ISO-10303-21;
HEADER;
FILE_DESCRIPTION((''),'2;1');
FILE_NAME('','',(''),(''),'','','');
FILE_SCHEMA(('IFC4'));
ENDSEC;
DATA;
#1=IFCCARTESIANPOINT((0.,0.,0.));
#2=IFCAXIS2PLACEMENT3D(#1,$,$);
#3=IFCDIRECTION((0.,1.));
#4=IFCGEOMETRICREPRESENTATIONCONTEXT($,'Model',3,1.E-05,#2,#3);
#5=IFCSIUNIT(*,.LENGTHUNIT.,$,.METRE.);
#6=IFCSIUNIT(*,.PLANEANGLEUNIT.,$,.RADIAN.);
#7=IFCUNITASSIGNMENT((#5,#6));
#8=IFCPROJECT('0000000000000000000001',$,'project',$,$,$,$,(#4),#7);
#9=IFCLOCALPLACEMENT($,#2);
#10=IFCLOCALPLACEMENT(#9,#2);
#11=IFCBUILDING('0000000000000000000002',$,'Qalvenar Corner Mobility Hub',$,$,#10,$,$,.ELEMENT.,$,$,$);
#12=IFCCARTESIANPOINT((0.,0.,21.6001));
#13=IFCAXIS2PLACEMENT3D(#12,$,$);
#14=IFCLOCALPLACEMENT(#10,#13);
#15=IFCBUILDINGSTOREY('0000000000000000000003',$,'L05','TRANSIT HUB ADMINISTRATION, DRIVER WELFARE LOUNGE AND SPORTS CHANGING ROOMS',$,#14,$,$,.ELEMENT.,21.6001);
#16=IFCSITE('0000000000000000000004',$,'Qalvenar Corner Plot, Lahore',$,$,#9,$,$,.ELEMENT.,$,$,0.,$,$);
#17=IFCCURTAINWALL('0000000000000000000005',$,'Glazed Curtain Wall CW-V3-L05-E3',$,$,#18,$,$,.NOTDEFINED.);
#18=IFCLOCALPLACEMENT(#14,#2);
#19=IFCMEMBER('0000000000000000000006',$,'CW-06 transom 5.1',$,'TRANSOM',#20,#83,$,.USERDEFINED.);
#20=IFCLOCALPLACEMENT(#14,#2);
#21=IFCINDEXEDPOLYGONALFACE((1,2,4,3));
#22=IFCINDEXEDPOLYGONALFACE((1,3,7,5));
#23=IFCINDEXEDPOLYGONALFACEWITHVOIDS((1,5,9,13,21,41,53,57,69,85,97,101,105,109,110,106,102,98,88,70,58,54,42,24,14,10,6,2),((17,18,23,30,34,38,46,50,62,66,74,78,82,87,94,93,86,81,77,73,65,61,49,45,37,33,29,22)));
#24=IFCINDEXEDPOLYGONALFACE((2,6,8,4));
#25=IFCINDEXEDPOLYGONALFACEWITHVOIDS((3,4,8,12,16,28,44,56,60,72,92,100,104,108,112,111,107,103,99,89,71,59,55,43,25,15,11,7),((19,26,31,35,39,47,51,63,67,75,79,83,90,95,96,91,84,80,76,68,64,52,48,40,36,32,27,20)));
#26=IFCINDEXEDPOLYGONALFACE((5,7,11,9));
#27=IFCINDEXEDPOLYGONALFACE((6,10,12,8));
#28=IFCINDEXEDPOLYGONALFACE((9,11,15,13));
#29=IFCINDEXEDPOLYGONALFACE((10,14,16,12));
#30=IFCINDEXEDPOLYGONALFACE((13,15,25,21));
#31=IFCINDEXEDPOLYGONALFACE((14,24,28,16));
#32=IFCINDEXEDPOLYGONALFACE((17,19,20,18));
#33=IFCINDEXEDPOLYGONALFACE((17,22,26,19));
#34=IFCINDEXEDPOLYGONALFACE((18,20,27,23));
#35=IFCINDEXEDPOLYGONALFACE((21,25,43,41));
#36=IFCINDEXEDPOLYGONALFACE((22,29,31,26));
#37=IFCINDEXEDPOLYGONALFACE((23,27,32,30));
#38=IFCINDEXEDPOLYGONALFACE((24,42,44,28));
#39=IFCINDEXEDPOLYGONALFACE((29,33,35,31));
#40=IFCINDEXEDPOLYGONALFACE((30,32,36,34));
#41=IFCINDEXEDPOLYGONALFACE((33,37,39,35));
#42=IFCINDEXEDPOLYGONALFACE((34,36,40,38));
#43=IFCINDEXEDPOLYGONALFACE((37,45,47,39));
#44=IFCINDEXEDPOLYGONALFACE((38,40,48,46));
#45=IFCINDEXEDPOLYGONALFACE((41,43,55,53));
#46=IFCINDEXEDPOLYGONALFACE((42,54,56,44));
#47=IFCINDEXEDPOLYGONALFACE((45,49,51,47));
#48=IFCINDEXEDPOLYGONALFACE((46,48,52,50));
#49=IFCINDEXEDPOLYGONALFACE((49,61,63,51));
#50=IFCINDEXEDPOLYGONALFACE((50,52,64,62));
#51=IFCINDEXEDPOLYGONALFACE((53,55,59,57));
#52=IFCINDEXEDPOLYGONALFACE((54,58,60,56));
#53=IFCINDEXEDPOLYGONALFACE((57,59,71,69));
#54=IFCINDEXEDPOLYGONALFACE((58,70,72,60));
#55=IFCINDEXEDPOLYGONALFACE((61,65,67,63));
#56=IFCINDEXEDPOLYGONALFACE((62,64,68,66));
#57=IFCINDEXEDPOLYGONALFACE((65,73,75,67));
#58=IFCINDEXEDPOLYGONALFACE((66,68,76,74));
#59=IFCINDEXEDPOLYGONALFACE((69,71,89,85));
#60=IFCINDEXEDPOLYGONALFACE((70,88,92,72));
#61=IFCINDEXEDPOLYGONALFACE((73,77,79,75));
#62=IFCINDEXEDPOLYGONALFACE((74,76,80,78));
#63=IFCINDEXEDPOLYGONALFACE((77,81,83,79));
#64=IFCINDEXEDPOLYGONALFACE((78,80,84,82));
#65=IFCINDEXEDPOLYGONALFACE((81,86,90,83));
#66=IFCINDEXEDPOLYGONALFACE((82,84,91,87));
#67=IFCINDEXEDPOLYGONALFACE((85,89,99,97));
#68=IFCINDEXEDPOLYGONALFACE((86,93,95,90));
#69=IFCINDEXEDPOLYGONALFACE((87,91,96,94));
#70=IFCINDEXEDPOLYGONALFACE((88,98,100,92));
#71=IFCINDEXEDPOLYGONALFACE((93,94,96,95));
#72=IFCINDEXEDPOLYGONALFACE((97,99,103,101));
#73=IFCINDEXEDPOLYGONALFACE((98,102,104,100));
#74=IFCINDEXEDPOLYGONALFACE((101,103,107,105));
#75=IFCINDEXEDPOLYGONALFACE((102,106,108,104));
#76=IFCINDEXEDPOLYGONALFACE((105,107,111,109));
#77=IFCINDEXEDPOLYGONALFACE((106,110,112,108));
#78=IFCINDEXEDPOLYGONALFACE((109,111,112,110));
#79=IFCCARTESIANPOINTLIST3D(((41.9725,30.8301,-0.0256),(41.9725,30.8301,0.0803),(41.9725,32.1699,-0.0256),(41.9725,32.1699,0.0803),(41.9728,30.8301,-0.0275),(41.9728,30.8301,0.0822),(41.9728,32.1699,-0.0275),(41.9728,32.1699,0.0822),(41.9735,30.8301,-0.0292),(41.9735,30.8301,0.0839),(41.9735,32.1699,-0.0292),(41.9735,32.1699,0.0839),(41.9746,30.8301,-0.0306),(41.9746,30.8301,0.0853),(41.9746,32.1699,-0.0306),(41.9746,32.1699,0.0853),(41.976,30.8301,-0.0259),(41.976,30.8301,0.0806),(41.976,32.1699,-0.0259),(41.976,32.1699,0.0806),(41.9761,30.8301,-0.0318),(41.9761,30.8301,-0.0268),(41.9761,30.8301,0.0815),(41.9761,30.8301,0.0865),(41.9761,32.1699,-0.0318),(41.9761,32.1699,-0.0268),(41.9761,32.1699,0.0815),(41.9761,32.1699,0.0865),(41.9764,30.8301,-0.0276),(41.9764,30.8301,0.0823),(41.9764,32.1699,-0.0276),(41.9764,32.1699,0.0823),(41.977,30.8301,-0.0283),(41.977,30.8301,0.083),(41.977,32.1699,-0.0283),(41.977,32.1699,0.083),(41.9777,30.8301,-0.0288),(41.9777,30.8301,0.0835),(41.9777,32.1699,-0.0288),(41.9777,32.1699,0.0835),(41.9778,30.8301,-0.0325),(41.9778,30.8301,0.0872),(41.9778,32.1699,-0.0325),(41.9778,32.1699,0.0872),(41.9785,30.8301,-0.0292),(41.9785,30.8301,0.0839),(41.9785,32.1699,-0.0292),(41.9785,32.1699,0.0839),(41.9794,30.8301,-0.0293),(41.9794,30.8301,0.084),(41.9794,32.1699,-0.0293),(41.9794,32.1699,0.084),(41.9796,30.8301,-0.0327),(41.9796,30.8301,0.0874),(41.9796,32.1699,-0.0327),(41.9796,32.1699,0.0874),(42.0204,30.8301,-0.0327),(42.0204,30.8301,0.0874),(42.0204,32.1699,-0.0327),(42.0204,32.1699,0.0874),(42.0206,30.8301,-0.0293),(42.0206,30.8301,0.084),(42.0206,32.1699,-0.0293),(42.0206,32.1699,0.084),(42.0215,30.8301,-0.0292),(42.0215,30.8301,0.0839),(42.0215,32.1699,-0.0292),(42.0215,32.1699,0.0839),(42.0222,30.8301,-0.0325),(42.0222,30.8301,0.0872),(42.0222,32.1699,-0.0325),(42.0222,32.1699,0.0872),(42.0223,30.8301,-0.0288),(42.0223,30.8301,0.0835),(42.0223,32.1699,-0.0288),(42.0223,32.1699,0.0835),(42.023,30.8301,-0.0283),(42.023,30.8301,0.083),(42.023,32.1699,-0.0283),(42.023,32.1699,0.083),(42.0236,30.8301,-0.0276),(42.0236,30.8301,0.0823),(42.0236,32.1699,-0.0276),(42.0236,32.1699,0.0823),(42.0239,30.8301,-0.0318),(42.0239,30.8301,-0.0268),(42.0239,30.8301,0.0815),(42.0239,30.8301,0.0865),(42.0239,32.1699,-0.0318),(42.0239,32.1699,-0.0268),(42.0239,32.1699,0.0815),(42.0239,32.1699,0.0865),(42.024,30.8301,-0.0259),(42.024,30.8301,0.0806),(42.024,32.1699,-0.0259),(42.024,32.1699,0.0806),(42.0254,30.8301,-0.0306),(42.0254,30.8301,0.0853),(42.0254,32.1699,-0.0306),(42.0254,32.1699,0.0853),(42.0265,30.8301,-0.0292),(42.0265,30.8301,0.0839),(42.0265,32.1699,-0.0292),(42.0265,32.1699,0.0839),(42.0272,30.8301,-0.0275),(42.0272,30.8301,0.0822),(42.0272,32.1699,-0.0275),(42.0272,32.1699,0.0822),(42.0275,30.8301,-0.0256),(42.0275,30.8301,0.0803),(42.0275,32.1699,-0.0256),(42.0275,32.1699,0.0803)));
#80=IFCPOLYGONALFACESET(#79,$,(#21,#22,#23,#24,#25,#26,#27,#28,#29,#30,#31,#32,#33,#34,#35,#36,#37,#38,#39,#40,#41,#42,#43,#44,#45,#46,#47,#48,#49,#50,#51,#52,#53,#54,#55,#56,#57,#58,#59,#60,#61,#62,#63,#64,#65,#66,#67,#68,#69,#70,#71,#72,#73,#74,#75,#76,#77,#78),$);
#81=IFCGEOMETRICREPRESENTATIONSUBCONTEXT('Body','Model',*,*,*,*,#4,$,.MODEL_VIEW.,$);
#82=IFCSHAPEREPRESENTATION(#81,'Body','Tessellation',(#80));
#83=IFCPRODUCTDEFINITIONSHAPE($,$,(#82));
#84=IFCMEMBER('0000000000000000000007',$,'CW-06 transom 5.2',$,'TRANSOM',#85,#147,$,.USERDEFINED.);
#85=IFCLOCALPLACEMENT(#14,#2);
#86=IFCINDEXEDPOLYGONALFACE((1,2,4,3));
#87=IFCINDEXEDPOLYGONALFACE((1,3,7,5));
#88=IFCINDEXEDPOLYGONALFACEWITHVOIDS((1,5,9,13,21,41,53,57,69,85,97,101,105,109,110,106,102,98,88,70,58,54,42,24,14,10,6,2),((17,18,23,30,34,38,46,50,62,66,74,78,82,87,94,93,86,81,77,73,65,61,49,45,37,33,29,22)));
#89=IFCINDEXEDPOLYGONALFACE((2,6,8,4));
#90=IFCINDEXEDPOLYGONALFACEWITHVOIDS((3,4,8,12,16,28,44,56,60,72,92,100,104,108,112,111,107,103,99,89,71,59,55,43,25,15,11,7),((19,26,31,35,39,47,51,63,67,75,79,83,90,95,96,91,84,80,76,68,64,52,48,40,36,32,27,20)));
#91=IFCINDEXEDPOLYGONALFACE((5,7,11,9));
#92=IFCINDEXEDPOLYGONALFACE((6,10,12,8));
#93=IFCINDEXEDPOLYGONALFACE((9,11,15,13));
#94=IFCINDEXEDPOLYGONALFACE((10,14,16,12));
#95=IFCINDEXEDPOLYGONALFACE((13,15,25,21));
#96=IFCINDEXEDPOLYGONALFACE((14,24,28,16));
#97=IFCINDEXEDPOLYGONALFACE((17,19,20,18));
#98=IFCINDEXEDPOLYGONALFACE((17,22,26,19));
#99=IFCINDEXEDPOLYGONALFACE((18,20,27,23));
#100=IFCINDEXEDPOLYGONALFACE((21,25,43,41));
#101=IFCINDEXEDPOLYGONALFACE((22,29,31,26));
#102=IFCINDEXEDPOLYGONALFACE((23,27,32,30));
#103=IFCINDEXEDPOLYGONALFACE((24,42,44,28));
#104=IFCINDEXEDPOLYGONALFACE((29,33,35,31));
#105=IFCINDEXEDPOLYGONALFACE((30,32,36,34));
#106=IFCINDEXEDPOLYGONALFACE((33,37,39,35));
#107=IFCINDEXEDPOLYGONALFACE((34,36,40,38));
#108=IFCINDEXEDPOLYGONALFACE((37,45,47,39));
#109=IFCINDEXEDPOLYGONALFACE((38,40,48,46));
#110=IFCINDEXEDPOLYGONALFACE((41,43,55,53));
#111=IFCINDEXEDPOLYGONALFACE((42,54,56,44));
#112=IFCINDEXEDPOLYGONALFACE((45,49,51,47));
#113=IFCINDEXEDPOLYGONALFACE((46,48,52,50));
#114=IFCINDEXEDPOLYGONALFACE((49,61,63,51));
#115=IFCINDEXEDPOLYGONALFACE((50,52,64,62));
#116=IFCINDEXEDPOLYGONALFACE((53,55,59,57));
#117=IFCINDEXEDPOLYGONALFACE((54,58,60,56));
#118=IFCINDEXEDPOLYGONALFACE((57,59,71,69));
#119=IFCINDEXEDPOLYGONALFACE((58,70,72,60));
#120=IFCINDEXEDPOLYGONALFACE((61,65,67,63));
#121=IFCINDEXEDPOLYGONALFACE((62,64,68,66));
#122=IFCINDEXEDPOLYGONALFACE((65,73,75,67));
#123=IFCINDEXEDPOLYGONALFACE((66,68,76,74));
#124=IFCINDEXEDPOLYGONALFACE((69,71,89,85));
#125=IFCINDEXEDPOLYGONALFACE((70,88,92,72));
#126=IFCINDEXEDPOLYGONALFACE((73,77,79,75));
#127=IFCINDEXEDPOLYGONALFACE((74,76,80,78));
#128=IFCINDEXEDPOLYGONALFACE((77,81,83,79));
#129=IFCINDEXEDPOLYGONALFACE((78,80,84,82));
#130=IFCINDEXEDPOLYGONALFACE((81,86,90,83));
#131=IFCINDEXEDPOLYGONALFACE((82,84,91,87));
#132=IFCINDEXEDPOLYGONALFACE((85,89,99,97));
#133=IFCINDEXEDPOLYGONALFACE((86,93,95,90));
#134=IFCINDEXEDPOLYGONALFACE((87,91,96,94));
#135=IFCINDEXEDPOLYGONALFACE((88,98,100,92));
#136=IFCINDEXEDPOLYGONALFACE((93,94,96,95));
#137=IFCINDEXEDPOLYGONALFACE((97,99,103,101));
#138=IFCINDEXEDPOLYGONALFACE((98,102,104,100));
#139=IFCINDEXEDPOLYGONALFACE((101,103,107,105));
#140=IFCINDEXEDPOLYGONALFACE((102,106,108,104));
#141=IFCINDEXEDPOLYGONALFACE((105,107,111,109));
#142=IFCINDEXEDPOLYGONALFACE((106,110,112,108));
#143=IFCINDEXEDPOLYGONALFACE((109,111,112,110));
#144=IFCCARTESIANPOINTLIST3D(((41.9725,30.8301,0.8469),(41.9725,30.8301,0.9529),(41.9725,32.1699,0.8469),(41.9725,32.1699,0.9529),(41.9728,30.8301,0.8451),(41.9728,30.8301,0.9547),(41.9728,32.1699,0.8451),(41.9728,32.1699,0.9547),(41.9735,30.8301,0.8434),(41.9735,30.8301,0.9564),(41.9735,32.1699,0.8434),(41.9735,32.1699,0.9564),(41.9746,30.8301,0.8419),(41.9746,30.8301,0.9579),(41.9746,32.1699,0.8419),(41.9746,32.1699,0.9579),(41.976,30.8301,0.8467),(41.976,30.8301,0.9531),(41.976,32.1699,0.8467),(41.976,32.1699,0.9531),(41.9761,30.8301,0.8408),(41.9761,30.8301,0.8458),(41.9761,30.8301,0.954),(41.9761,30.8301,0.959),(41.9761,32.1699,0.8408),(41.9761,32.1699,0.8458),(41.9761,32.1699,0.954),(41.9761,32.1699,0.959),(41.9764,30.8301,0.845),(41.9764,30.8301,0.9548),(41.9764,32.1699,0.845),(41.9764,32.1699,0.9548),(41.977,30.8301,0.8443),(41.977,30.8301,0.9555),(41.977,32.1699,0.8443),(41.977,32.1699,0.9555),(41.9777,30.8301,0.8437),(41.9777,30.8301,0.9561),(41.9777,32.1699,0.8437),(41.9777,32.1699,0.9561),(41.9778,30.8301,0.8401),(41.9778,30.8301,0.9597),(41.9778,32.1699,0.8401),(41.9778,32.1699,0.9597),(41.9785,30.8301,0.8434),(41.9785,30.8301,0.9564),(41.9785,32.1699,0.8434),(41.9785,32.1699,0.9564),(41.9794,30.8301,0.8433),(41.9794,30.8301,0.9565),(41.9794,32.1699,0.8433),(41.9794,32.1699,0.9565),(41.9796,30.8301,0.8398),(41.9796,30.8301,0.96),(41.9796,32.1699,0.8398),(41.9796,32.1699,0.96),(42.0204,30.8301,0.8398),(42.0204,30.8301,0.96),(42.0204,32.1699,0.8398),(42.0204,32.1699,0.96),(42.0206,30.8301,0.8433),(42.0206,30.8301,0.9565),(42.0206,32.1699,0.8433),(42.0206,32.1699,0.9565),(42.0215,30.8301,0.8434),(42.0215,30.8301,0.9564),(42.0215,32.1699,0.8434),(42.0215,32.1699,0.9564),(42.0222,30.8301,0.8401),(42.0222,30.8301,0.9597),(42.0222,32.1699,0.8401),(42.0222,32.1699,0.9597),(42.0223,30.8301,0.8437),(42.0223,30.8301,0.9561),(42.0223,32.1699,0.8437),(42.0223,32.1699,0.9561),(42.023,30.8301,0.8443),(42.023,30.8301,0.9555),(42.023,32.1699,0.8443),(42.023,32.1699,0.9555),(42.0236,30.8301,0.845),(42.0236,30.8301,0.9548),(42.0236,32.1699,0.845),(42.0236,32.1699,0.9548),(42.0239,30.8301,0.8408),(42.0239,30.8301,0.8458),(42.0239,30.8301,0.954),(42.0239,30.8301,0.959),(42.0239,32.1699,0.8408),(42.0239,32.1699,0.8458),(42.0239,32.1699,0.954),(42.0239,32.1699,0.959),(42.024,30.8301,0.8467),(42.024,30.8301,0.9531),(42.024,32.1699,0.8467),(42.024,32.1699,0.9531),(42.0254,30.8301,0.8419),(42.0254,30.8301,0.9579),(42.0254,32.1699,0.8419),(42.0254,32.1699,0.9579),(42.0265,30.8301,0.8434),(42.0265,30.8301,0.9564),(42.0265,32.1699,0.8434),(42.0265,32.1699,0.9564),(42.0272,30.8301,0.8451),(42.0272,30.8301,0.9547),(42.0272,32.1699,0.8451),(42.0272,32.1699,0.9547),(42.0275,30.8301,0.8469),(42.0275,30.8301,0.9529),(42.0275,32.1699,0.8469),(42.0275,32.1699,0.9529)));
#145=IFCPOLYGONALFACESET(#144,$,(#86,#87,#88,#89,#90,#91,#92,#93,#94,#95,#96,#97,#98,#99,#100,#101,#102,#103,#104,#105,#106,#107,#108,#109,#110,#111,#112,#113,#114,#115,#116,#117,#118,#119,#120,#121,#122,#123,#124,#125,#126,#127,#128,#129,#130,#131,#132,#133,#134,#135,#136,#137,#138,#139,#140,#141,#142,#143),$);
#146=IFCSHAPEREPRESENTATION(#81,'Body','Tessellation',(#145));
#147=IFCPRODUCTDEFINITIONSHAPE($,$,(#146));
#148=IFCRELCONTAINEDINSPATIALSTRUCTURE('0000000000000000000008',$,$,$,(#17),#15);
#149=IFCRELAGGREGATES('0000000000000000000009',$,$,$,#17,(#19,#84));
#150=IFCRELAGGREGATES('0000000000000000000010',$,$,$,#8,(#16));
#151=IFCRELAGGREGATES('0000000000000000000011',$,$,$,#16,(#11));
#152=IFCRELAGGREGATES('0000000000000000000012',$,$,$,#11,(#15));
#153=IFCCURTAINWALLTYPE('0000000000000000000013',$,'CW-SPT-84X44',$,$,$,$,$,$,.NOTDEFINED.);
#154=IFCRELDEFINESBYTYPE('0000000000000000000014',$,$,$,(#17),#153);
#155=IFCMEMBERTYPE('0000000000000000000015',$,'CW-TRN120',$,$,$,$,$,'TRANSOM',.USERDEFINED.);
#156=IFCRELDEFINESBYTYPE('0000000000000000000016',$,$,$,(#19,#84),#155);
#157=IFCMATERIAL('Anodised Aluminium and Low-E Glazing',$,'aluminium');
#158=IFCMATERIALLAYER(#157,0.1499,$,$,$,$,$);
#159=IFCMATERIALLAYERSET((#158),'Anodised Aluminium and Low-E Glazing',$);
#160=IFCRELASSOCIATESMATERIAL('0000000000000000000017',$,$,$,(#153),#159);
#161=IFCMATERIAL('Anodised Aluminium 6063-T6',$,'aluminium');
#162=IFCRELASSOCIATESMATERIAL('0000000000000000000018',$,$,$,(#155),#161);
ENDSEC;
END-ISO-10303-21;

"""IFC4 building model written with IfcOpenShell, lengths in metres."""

from ifc_helpers import new_model, si_unit, direction, frame, origin, origin_2d, place, context, subcontext, project, spatial, hollow_rectangle, extrude, material, layer, layer_set, material_profile, profile_set, type_object, element, aggregate, save


model = new_model("IFC4")

# Units and contexts
model_context = context("Model", 3, precision=1e-05, world=origin(), true_north=direction((0.0, 1.0)))
body_context = subcontext(model_context, "Body", "Model", "MODEL_VIEW")
ifc_project = project(units=[si_unit("LENGTHUNIT", "METRE"), si_unit("PLANEANGLEUNIT", "RADIAN")], contexts=[model_context])

# Site, building, storey
site_placement = place(None, origin())
site = spatial("IfcSite", under=ifc_project, at=site_placement, Name="Qalvenar Corner Plot, Lahore", CompositionType="ELEMENT", RefElevation=0.0)
building_placement = place(site_placement, origin())
building = spatial("IfcBuilding", under=site, at=building_placement, Name="Qalvenar Corner Mobility Hub", CompositionType="ELEMENT")
storey_placement = place(building_placement, frame((0.0, 0.0, 21.6001)))
storey = spatial("IfcBuildingStorey", under=building, at=storey_placement, Name="L05", Description="TRANSIT HUB ADMINISTRATION, DRIVER WELFARE LOUNGE AND SPORTS CHANGING ROOMS", CompositionType="ELEMENT", Elevation=21.6001)

# Curtain wall, members
ifc_material_1 = material(Name="Anodised Aluminium and Low-E Glazing", Category="aluminium")
ifc_layer_1 = layer(ifc_material_1, 0.1499)
ifc_layer_set_1 = layer_set([ifc_layer_1], Name="Anodised Aluminium and Low-E Glazing")
curtain_wall_type = type_object("IfcCurtainWallType", Name="CW-SPT-84X44", PredefinedType="NOTDEFINED", material=ifc_layer_set_1)
curtain_wall_placement = place(storey_placement, origin())
curtain_wall = element("IfcCurtainWall", 1, at=curtain_wall_placement, inside=storey, type_object=curtain_wall_type, Name="Glazed Curtain Wall CW-V3-L05-E3", PredefinedType="NOTDEFINED")
ifc_material_2 = material(Name="Anodised Aluminium 6063-T6", Category="aluminium")
ifc_material_profile_1 = material_profile(ifc_material_2, hollow_rectangle(XDim=0.0549, YDim=0.1201, WallThickness=0.0034, InnerFilletRadius=0.0034, OuterFilletRadius=0.0071, at=origin_2d()), Name="RHS120x55x3.5")
ifc_profile_set_1 = profile_set([ifc_material_profile_1], Name="Anodised Aluminium 6063-T6")
member_type_1 = type_object("IfcMemberType", Name="CW-TRN120", ElementType="TRANSOM", PredefinedType="USERDEFINED", material=ifc_profile_set_1)
member_1_placement = place(storey_placement, frame((42.0, 30.8301, 0.0273), z_axis=(0.0, 1.0, 0.0), x_axis=(-1.0, 0.0, 0.0)))
member_1 = element("IfcMember", 2, at=member_1_placement, type_object=member_type_1, Name="CW-06 transom 5.1", ObjectType="TRANSOM", PredefinedType="USERDEFINED", context=body_context, shape_type="SweptSolid", body=[
    extrude(hollow_rectangle(XDim=0.0549, YDim=0.1201, WallThickness=0.0034, InnerFilletRadius=0.0034, OuterFilletRadius=0.0071, at=origin_2d()), origin(), (0.0, 0.0, 1.0), 1.3398),
])
member_2_placement = place(storey_placement, frame((42.0, 30.8301, 0.8999), z_axis=(0.0, 1.0, 0.0), x_axis=(-1.0, 0.0, 0.0)))
member_2 = element("IfcMember", 3, at=member_2_placement, type_object=member_type_1, Name="CW-06 transom 5.2", ObjectType="TRANSOM", PredefinedType="USERDEFINED", context=body_context, shape_type="SweptSolid", body=[
    extrude(hollow_rectangle(XDim=0.0549, YDim=0.1201, WallThickness=0.0034, InnerFilletRadius=0.0034, OuterFilletRadius=0.0071, at=origin_2d()), origin(), (0.0, 0.0, 1.0), 1.3398),
])
aggregate(curtain_wall, [member_1, member_2])

save(model, "model.ifc")
